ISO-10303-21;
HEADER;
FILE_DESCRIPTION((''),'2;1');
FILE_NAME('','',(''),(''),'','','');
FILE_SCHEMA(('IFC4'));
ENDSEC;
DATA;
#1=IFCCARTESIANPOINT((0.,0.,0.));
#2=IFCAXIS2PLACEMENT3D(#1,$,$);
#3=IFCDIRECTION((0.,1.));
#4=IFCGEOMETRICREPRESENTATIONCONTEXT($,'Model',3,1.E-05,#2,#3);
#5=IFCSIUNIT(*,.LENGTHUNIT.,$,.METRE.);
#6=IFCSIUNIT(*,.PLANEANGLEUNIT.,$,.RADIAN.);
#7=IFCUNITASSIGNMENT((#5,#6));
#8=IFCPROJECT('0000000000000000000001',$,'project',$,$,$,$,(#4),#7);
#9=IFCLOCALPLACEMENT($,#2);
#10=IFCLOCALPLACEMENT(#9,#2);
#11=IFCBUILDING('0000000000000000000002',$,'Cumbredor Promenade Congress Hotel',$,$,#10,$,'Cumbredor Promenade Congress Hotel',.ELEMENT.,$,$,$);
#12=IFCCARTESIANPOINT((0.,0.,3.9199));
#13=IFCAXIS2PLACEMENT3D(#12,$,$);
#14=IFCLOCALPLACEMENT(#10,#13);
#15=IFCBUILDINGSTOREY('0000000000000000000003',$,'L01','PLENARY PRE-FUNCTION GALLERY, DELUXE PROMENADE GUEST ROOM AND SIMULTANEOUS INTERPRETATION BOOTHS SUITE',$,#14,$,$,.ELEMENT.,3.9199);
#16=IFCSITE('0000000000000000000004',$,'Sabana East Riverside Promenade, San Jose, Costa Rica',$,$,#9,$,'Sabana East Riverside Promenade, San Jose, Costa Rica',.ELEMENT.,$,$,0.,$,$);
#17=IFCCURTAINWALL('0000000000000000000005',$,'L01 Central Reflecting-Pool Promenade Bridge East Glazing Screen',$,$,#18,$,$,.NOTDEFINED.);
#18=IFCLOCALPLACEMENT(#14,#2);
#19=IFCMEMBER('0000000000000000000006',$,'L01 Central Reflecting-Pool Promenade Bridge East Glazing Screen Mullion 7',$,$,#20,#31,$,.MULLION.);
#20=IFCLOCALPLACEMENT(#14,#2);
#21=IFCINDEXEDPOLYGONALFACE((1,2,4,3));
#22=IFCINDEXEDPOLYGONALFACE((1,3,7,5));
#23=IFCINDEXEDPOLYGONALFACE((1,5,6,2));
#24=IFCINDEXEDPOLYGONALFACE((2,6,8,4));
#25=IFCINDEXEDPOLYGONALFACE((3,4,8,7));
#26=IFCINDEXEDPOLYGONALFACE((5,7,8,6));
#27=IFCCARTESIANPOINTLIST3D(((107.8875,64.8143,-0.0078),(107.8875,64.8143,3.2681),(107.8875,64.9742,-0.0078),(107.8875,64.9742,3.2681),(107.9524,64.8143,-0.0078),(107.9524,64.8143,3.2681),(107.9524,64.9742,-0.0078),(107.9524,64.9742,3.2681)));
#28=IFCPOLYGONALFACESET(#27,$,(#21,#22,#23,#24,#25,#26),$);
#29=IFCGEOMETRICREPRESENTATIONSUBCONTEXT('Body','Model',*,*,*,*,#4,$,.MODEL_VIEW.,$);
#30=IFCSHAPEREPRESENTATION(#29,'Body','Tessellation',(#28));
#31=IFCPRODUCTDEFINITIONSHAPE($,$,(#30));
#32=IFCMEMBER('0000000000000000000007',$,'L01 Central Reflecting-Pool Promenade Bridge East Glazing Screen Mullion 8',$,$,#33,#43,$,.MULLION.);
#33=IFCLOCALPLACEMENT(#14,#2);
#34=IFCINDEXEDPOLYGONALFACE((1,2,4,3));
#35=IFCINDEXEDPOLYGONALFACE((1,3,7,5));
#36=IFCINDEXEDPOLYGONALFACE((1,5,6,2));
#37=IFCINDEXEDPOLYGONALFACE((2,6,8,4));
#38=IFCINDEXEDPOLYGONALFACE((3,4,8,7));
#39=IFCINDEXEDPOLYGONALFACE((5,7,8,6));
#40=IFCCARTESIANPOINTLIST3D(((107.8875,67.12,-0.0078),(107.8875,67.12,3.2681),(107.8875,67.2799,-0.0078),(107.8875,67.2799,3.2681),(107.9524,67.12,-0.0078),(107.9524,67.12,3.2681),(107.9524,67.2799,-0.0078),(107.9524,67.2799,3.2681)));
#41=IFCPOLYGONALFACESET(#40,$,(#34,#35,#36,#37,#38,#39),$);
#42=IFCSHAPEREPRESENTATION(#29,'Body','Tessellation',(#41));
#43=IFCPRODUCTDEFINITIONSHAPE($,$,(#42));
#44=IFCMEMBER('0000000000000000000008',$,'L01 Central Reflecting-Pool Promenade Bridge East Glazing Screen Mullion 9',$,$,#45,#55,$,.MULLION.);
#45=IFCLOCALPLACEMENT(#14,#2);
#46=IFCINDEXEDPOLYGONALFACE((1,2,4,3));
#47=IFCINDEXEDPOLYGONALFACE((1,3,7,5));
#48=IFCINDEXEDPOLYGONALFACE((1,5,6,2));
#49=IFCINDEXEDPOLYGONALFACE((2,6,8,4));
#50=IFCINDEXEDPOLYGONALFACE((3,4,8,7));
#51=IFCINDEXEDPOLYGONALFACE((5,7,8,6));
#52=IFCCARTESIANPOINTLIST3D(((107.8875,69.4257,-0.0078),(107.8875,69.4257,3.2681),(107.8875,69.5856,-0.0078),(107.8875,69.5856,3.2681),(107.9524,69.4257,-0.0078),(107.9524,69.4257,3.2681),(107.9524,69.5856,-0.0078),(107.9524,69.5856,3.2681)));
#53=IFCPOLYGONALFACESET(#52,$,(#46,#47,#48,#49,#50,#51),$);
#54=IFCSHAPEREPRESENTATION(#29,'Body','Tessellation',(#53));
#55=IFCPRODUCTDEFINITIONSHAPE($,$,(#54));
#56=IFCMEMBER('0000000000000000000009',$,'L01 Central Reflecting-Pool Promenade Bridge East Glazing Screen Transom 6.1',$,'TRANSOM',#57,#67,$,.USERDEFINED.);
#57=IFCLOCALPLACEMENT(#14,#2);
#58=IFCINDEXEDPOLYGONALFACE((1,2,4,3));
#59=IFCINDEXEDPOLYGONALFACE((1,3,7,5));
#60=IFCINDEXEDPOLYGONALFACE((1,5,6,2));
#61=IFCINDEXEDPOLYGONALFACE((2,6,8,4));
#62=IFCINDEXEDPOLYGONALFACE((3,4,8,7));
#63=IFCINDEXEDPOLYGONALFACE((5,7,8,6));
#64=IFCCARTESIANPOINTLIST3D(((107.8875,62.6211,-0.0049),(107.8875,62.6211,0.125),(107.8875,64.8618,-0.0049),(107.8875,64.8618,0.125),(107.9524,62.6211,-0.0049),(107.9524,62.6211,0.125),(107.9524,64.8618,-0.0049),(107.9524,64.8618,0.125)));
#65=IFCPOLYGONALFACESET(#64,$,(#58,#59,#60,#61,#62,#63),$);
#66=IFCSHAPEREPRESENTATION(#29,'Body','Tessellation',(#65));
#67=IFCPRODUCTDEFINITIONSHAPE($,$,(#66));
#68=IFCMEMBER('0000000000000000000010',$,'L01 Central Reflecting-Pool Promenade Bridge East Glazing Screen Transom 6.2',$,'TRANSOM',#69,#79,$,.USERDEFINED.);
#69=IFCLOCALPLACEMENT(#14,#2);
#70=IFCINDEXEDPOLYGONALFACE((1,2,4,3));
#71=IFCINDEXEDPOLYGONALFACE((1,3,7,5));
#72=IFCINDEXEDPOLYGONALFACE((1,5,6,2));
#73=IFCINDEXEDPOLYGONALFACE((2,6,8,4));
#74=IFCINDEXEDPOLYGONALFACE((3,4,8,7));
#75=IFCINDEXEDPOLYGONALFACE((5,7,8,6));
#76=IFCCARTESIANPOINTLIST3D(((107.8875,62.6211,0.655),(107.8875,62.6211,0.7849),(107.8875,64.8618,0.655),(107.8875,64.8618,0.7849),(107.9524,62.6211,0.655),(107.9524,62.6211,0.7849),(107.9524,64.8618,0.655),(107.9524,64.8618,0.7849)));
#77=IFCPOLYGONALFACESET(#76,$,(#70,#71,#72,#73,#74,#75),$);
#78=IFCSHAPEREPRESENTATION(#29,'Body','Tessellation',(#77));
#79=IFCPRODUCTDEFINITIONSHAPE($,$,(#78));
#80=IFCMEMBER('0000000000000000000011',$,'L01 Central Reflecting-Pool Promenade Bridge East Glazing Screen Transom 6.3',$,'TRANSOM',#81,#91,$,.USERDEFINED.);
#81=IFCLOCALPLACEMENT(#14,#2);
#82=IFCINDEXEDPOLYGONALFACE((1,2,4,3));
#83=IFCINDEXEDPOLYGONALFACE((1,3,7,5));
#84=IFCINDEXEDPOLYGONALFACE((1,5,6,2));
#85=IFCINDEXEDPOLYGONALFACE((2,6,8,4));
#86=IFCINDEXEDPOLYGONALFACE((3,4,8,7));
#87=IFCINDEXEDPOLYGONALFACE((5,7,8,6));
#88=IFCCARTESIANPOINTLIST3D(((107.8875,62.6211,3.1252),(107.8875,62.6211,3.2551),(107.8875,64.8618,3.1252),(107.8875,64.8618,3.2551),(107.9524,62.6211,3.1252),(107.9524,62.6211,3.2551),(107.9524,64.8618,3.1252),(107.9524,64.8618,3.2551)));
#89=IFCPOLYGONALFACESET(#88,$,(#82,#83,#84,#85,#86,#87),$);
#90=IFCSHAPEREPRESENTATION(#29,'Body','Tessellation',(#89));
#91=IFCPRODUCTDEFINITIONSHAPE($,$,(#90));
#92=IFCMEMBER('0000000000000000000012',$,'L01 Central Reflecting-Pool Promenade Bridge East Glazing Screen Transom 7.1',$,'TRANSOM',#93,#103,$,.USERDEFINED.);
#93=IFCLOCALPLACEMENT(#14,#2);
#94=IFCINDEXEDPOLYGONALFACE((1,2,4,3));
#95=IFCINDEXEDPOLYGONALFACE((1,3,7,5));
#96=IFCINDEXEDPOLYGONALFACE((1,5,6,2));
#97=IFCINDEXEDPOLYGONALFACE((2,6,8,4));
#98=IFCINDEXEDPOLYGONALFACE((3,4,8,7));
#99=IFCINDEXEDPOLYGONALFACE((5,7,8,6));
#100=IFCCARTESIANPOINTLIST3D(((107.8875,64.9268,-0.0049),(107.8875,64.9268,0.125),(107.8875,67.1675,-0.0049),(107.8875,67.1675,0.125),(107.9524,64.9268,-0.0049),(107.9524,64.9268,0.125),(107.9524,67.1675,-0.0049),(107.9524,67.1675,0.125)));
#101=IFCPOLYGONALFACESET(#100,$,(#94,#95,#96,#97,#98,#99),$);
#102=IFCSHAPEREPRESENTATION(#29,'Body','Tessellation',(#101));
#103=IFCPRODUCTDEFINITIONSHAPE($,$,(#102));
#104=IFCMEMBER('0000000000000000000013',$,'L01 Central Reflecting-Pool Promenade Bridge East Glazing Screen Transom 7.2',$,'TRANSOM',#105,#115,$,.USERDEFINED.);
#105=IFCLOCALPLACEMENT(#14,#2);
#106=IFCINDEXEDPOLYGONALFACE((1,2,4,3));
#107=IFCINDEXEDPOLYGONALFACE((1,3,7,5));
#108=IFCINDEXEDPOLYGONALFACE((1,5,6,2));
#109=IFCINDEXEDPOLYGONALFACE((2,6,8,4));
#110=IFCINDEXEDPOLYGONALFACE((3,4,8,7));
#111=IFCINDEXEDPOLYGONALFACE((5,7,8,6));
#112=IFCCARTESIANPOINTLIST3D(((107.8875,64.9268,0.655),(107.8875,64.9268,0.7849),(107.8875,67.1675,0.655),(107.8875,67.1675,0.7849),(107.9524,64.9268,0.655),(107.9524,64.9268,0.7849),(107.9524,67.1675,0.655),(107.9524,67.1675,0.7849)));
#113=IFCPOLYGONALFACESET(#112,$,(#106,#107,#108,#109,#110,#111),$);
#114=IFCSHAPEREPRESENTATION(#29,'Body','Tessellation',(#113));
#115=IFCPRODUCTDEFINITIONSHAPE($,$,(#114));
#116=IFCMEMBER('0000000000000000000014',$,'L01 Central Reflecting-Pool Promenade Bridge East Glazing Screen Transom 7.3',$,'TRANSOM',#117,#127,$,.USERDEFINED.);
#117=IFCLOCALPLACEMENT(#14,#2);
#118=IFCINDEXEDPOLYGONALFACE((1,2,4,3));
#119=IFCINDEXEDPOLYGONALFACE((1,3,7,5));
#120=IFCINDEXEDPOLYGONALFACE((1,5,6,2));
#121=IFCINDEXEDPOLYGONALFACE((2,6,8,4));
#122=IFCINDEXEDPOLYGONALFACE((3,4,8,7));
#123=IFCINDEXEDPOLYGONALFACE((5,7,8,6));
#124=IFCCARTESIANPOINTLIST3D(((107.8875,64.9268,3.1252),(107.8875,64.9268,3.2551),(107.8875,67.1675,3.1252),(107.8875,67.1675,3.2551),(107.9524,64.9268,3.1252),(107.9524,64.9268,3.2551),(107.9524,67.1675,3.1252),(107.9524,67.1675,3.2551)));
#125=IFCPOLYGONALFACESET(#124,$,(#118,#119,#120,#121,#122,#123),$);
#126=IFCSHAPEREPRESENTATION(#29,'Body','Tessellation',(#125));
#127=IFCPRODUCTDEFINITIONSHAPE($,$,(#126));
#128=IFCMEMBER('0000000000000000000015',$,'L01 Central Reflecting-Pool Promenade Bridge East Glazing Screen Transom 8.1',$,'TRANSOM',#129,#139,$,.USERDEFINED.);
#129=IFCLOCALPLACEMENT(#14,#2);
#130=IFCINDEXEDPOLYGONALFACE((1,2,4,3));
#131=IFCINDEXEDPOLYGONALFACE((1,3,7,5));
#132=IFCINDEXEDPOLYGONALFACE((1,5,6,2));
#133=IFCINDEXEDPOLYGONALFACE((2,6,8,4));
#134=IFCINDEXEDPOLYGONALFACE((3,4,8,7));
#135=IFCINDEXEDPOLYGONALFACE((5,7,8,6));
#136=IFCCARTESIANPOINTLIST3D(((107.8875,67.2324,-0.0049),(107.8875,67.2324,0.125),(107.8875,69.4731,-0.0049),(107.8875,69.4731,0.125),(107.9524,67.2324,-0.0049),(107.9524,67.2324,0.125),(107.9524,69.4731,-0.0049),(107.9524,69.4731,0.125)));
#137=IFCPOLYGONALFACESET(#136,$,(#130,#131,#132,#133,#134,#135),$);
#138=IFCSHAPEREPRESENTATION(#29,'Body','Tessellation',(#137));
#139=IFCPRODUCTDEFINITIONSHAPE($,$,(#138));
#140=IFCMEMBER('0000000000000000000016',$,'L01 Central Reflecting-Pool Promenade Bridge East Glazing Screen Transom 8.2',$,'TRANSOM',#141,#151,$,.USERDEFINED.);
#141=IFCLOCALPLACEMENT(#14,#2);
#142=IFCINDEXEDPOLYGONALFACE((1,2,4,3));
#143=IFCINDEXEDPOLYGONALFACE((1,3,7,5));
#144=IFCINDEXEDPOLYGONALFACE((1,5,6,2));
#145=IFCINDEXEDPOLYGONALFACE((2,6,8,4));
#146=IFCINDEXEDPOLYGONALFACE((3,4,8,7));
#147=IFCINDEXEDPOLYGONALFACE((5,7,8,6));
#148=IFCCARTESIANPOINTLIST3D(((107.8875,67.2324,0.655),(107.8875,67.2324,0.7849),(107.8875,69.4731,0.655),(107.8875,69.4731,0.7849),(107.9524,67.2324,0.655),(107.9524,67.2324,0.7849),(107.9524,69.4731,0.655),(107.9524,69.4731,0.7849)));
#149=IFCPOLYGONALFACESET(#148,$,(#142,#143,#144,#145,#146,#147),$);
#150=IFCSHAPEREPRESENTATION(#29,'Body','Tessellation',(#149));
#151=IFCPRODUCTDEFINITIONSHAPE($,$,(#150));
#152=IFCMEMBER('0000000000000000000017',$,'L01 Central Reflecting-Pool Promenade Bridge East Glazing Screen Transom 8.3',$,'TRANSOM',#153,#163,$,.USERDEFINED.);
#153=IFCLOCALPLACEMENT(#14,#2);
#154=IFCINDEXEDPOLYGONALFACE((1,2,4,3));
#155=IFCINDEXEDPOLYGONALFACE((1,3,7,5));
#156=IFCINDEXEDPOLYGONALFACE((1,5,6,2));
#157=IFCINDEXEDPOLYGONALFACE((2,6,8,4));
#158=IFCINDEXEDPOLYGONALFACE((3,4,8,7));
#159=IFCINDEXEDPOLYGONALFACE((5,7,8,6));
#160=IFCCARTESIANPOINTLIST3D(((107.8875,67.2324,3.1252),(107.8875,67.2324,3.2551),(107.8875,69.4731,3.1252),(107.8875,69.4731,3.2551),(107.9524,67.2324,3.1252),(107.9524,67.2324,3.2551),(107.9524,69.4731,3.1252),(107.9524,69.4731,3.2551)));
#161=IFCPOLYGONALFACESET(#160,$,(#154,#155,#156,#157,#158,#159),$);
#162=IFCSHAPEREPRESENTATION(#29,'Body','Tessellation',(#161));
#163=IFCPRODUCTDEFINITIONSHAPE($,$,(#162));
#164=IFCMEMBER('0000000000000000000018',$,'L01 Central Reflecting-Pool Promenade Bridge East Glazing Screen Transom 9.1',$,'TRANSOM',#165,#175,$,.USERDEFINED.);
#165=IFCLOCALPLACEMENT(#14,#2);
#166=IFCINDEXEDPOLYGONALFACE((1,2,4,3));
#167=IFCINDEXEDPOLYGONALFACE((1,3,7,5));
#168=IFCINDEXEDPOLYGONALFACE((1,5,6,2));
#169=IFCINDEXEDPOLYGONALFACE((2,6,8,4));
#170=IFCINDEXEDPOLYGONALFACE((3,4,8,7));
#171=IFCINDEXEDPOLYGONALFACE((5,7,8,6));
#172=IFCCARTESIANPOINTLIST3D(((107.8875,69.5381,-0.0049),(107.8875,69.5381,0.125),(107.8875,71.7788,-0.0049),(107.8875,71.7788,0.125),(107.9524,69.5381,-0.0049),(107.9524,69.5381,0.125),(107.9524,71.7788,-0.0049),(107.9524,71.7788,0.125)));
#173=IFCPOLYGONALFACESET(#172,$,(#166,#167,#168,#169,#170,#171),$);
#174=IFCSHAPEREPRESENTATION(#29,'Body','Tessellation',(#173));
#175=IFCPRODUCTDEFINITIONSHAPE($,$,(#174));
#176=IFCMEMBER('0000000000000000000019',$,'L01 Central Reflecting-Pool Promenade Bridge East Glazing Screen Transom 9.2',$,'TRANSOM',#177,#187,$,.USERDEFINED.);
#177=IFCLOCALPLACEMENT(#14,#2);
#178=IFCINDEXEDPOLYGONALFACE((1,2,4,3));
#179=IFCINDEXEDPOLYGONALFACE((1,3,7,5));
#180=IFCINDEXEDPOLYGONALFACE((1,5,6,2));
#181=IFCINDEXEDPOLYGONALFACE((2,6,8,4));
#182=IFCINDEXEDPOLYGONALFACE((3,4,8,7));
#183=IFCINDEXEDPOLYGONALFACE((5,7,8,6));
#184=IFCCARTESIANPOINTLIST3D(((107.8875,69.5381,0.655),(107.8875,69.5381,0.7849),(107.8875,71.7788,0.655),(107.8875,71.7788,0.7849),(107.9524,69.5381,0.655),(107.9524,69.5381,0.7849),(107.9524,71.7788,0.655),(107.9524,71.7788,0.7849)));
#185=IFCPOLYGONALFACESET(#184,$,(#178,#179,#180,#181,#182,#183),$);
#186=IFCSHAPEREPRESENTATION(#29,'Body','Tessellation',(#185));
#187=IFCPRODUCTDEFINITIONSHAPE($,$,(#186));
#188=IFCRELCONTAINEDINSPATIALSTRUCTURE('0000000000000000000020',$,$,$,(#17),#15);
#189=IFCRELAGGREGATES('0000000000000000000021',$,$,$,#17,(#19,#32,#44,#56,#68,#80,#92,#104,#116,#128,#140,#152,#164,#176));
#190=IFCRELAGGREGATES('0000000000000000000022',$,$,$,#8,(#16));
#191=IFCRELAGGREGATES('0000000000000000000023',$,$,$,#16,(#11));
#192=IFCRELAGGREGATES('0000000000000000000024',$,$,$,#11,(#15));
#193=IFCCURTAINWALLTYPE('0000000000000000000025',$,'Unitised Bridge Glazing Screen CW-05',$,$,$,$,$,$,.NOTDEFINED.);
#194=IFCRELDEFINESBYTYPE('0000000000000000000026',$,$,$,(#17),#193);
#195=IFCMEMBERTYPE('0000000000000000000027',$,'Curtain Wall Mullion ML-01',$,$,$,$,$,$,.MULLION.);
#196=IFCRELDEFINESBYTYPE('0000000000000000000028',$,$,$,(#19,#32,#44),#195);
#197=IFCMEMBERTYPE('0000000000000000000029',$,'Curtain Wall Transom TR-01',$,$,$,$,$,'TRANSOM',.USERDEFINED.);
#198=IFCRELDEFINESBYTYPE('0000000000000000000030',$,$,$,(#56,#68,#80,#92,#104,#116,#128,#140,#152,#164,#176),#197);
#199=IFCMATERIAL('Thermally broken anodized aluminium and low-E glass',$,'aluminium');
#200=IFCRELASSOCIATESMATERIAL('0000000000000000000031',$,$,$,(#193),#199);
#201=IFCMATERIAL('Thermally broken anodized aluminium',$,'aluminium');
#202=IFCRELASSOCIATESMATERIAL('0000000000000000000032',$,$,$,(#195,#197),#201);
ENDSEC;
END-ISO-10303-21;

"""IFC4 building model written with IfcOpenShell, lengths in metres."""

from ifc_helpers import new_model, si_unit, direction, frame, origin, origin_2d, place, context, subcontext, project, spatial, rectangle, extrude, material, material_profile, profile_set, type_object, element, aggregate, save


model = new_model("IFC4")

# Units and contexts
model_context = context("Model", 3, precision=1e-05, world=origin(), true_north=direction((0.0, 1.0)))
body_context = subcontext(model_context, "Body", "Model", "MODEL_VIEW")
ifc_project = project(units=[si_unit("LENGTHUNIT", "METRE"), si_unit("PLANEANGLEUNIT", "RADIAN")], contexts=[model_context])

# Site, building, storey
site_placement = place(None, origin())
site = spatial("IfcSite", under=ifc_project, at=site_placement, Name="Sabana East Riverside Promenade, San Jose, Costa Rica", LongName="Sabana East Riverside Promenade, San Jose, Costa Rica", CompositionType="ELEMENT", RefElevation=0.0)
building_placement = place(site_placement, origin())
building = spatial("IfcBuilding", under=site, at=building_placement, Name="Cumbredor Promenade Congress Hotel", LongName="Cumbredor Promenade Congress Hotel", CompositionType="ELEMENT")
storey_placement = place(building_placement, frame((0.0, 0.0, 3.9199)))
storey = spatial("IfcBuildingStorey", under=building, at=storey_placement, Name="L01", Description="PLENARY PRE-FUNCTION GALLERY, DELUXE PROMENADE GUEST ROOM AND SIMULTANEOUS INTERPRETATION BOOTHS SUITE", CompositionType="ELEMENT", Elevation=3.9199)

# Curtain wall, members
ifc_material_1 = material(Name="Thermally broken anodized aluminium and low-E glass", Category="aluminium")
curtain_wall_type = type_object("IfcCurtainWallType", Name="Unitised Bridge Glazing Screen CW-05", PredefinedType="NOTDEFINED", material=ifc_material_1)
curtain_wall_placement = place(storey_placement, origin())
curtain_wall = element("IfcCurtainWall", 1, at=curtain_wall_placement, inside=storey, type_object=curtain_wall_type, Name="L01 Central Reflecting-Pool Promenade Bridge East Glazing Screen", PredefinedType="NOTDEFINED")
ifc_material_2 = material(Name="Thermally broken anodized aluminium", Category="aluminium")
ifc_material_profile_1 = material_profile(ifc_material_2, rectangle(XDim=0.0649, YDim=0.1599, at=origin_2d()), Name="ALU MULLION 65x160")
ifc_profile_set_1 = profile_set([ifc_material_profile_1], Name="Thermally broken anodized aluminium")
member_type_1 = type_object("IfcMemberType", Name="Curtain Wall Mullion ML-01", PredefinedType="MULLION", material=ifc_profile_set_1)
member_1_placement = place(storey_placement, frame((107.9199, 64.8943, -0.0078), z_axis=(0.0, 0.0, 1.0), x_axis=(1.0, 0.0, 0.0)))
member_1 = element("IfcMember", 2, at=member_1_placement, type_object=member_type_1, Name="L01 Central Reflecting-Pool Promenade Bridge East Glazing Screen Mullion 7", PredefinedType="MULLION", context=body_context, shape_type="SweptSolid", body=[
    extrude(rectangle(XDim=0.0649, YDim=0.1599, at=origin_2d()), origin(), (0.0, 0.0, 1.0), 3.2759),
])
member_2_placement = place(storey_placement, frame((107.9199, 67.2, -0.0078), z_axis=(0.0, 0.0, 1.0), x_axis=(1.0, 0.0, 0.0)))
member_2 = element("IfcMember", 3, at=member_2_placement, type_object=member_type_1, Name="L01 Central Reflecting-Pool Promenade Bridge East Glazing Screen Mullion 8", PredefinedType="MULLION", context=body_context, shape_type="SweptSolid", body=[
    extrude(rectangle(XDim=0.0649, YDim=0.1599, at=origin_2d()), origin(), (0.0, 0.0, 1.0), 3.2759),
])
member_3_placement = place(storey_placement, frame((107.9199, 69.5056, -0.0078), z_axis=(0.0, 0.0, 1.0), x_axis=(1.0, 0.0, 0.0)))
member_3 = element("IfcMember", 4, at=member_3_placement, type_object=member_type_1, Name="L01 Central Reflecting-Pool Promenade Bridge East Glazing Screen Mullion 9", PredefinedType="MULLION", context=body_context, shape_type="SweptSolid", body=[
    extrude(rectangle(XDim=0.0649, YDim=0.1599, at=origin_2d()), origin(), (0.0, 0.0, 1.0), 3.2759),
])
ifc_material_profile_2 = material_profile(ifc_material_2, rectangle(XDim=0.0649, YDim=0.1299, at=origin_2d()), Name="ALU TRANSOM 65x130")
ifc_profile_set_2 = profile_set([ifc_material_profile_2], Name="Thermally broken anodized aluminium")
member_type_2 = type_object("IfcMemberType", Name="Curtain Wall Transom TR-01", ElementType="TRANSOM", PredefinedType="USERDEFINED", material=ifc_profile_set_2)
member_4_placement = place(storey_placement, frame((107.9199, 62.6211, 0.0601), z_axis=(0.0, 1.0, 0.0), x_axis=(-1.0, 0.0, 0.0)))
member_4 = element("IfcMember", 5, at=member_4_placement, type_object=member_type_2, Name="L01 Central Reflecting-Pool Promenade Bridge East Glazing Screen Transom 6.1", ObjectType="TRANSOM", PredefinedType="USERDEFINED", context=body_context, shape_type="SweptSolid", body=[
    extrude(rectangle(XDim=0.0649, YDim=0.1299, at=origin_2d()), origin(), (0.0, 0.0, 1.0), 2.2407),
])
member_5_placement = place(storey_placement, frame((107.9199, 62.6211, 0.72), z_axis=(0.0, 1.0, 0.0), x_axis=(-1.0, 0.0, 0.0)))
member_5 = element("IfcMember", 6, at=member_5_placement, type_object=member_type_2, Name="L01 Central Reflecting-Pool Promenade Bridge East Glazing Screen Transom 6.2", ObjectType="TRANSOM", PredefinedType="USERDEFINED", context=body_context, shape_type="SweptSolid", body=[
    extrude(rectangle(XDim=0.0649, YDim=0.1299, at=origin_2d()), origin(), (0.0, 0.0, 1.0), 2.2407),
])
member_6_placement = place(storey_placement, frame((107.9199, 62.6211, 3.1902), z_axis=(0.0, 1.0, 0.0), x_axis=(-1.0, 0.0, 0.0)))
member_6 = element("IfcMember", 7, at=member_6_placement, type_object=member_type_2, Name="L01 Central Reflecting-Pool Promenade Bridge East Glazing Screen Transom 6.3", ObjectType="TRANSOM", PredefinedType="USERDEFINED", context=body_context, shape_type="SweptSolid", body=[
    extrude(rectangle(XDim=0.0649, YDim=0.1299, at=origin_2d()), origin(), (0.0, 0.0, 1.0), 2.2407),
])
member_7_placement = place(storey_placement, frame((107.9199, 64.9268, 0.0601), z_axis=(0.0, 1.0, 0.0), x_axis=(-1.0, 0.0, 0.0)))
member_7 = element("IfcMember", 8, at=member_7_placement, type_object=member_type_2, Name="L01 Central Reflecting-Pool Promenade Bridge East Glazing Screen Transom 7.1", ObjectType="TRANSOM", PredefinedType="USERDEFINED", context=body_context, shape_type="SweptSolid", body=[
    extrude(rectangle(XDim=0.0649, YDim=0.1299, at=origin_2d()), origin(), (0.0, 0.0, 1.0), 2.2407),
])
member_8_placement = place(storey_placement, frame((107.9199, 64.9268, 0.72), z_axis=(0.0, 1.0, 0.0), x_axis=(-1.0, 0.0, 0.0)))
member_8 = element("IfcMember", 9, at=member_8_placement, type_object=member_type_2, Name="L01 Central Reflecting-Pool Promenade Bridge East Glazing Screen Transom 7.2", ObjectType="TRANSOM", PredefinedType="USERDEFINED", context=body_context, shape_type="SweptSolid", body=[
    extrude(rectangle(XDim=0.0649, YDim=0.1299, at=origin_2d()), origin(), (0.0, 0.0, 1.0), 2.2407),
])
member_9_placement = place(storey_placement, frame((107.9199, 64.9268, 3.1902), z_axis=(0.0, 1.0, 0.0), x_axis=(-1.0, 0.0, 0.0)))
member_9 = element("IfcMember", 10, at=member_9_placement, type_object=member_type_2, Name="L01 Central Reflecting-Pool Promenade Bridge East Glazing Screen Transom 7.3", ObjectType="TRANSOM", PredefinedType="USERDEFINED", context=body_context, shape_type="SweptSolid", body=[
    extrude(rectangle(XDim=0.0649, YDim=0.1299, at=origin_2d()), origin(), (0.0, 0.0, 1.0), 2.2407),
])
member_10_placement = place(storey_placement, frame((107.9199, 67.2324, 0.0601), z_axis=(0.0, 1.0, 0.0), x_axis=(-1.0, 0.0, 0.0)))
member_10 = element("IfcMember", 11, at=member_10_placement, type_object=member_type_2, Name="L01 Central Reflecting-Pool Promenade Bridge East Glazing Screen Transom 8.1", ObjectType="TRANSOM", PredefinedType="USERDEFINED", context=body_context, shape_type="SweptSolid", body=[
    extrude(rectangle(XDim=0.0649, YDim=0.1299, at=origin_2d()), origin(), (0.0, 0.0, 1.0), 2.2407),
])
member_11_placement = place(storey_placement, frame((107.9199, 67.2324, 0.72), z_axis=(0.0, 1.0, 0.0), x_axis=(-1.0, 0.0, 0.0)))
member_11 = element("IfcMember", 12, at=member_11_placement, type_object=member_type_2, Name="L01 Central Reflecting-Pool Promenade Bridge East Glazing Screen Transom 8.2", ObjectType="TRANSOM", PredefinedType="USERDEFINED", context=body_context, shape_type="SweptSolid", body=[
    extrude(rectangle(XDim=0.0649, YDim=0.1299, at=origin_2d()), origin(), (0.0, 0.0, 1.0), 2.2407),
])
member_12_placement = place(storey_placement, frame((107.9199, 67.2324, 3.1902), z_axis=(0.0, 1.0, 0.0), x_axis=(-1.0, 0.0, 0.0)))
member_12 = element("IfcMember", 13, at=member_12_placement, type_object=member_type_2, Name="L01 Central Reflecting-Pool Promenade Bridge East Glazing Screen Transom 8.3", ObjectType="TRANSOM", PredefinedType="USERDEFINED", context=body_context, shape_type="SweptSolid", body=[
    extrude(rectangle(XDim=0.0649, YDim=0.1299, at=origin_2d()), origin(), (0.0, 0.0, 1.0), 2.2407),
])
member_13_placement = place(storey_placement, frame((107.9199, 69.5381, 0.0601), z_axis=(0.0, 1.0, 0.0), x_axis=(-1.0, 0.0, 0.0)))
member_13 = element("IfcMember", 14, at=member_13_placement, type_object=member_type_2, Name="L01 Central Reflecting-Pool Promenade Bridge East Glazing Screen Transom 9.1", ObjectType="TRANSOM", PredefinedType="USERDEFINED", context=body_context, shape_type="SweptSolid", body=[
    extrude(rectangle(XDim=0.0649, YDim=0.1299, at=origin_2d()), origin(), (0.0, 0.0, 1.0), 2.2407),
])
member_14_placement = place(storey_placement, frame((107.9199, 69.5381, 0.72), z_axis=(0.0, 1.0, 0.0), x_axis=(-1.0, 0.0, 0.0)))
member_14 = element("IfcMember", 15, at=member_14_placement, type_object=member_type_2, Name="L01 Central Reflecting-Pool Promenade Bridge East Glazing Screen Transom 9.2", ObjectType="TRANSOM", PredefinedType="USERDEFINED", context=body_context, shape_type="SweptSolid", body=[
    extrude(rectangle(XDim=0.0649, YDim=0.1299, at=origin_2d()), origin(), (0.0, 0.0, 1.0), 2.2407),
])
aggregate(curtain_wall, [member_1, member_2, member_3, member_4, member_5, member_6, member_7, member_8, member_9, member_10, member_11, member_12, member_13, member_14])

save(model, "model.ifc")
